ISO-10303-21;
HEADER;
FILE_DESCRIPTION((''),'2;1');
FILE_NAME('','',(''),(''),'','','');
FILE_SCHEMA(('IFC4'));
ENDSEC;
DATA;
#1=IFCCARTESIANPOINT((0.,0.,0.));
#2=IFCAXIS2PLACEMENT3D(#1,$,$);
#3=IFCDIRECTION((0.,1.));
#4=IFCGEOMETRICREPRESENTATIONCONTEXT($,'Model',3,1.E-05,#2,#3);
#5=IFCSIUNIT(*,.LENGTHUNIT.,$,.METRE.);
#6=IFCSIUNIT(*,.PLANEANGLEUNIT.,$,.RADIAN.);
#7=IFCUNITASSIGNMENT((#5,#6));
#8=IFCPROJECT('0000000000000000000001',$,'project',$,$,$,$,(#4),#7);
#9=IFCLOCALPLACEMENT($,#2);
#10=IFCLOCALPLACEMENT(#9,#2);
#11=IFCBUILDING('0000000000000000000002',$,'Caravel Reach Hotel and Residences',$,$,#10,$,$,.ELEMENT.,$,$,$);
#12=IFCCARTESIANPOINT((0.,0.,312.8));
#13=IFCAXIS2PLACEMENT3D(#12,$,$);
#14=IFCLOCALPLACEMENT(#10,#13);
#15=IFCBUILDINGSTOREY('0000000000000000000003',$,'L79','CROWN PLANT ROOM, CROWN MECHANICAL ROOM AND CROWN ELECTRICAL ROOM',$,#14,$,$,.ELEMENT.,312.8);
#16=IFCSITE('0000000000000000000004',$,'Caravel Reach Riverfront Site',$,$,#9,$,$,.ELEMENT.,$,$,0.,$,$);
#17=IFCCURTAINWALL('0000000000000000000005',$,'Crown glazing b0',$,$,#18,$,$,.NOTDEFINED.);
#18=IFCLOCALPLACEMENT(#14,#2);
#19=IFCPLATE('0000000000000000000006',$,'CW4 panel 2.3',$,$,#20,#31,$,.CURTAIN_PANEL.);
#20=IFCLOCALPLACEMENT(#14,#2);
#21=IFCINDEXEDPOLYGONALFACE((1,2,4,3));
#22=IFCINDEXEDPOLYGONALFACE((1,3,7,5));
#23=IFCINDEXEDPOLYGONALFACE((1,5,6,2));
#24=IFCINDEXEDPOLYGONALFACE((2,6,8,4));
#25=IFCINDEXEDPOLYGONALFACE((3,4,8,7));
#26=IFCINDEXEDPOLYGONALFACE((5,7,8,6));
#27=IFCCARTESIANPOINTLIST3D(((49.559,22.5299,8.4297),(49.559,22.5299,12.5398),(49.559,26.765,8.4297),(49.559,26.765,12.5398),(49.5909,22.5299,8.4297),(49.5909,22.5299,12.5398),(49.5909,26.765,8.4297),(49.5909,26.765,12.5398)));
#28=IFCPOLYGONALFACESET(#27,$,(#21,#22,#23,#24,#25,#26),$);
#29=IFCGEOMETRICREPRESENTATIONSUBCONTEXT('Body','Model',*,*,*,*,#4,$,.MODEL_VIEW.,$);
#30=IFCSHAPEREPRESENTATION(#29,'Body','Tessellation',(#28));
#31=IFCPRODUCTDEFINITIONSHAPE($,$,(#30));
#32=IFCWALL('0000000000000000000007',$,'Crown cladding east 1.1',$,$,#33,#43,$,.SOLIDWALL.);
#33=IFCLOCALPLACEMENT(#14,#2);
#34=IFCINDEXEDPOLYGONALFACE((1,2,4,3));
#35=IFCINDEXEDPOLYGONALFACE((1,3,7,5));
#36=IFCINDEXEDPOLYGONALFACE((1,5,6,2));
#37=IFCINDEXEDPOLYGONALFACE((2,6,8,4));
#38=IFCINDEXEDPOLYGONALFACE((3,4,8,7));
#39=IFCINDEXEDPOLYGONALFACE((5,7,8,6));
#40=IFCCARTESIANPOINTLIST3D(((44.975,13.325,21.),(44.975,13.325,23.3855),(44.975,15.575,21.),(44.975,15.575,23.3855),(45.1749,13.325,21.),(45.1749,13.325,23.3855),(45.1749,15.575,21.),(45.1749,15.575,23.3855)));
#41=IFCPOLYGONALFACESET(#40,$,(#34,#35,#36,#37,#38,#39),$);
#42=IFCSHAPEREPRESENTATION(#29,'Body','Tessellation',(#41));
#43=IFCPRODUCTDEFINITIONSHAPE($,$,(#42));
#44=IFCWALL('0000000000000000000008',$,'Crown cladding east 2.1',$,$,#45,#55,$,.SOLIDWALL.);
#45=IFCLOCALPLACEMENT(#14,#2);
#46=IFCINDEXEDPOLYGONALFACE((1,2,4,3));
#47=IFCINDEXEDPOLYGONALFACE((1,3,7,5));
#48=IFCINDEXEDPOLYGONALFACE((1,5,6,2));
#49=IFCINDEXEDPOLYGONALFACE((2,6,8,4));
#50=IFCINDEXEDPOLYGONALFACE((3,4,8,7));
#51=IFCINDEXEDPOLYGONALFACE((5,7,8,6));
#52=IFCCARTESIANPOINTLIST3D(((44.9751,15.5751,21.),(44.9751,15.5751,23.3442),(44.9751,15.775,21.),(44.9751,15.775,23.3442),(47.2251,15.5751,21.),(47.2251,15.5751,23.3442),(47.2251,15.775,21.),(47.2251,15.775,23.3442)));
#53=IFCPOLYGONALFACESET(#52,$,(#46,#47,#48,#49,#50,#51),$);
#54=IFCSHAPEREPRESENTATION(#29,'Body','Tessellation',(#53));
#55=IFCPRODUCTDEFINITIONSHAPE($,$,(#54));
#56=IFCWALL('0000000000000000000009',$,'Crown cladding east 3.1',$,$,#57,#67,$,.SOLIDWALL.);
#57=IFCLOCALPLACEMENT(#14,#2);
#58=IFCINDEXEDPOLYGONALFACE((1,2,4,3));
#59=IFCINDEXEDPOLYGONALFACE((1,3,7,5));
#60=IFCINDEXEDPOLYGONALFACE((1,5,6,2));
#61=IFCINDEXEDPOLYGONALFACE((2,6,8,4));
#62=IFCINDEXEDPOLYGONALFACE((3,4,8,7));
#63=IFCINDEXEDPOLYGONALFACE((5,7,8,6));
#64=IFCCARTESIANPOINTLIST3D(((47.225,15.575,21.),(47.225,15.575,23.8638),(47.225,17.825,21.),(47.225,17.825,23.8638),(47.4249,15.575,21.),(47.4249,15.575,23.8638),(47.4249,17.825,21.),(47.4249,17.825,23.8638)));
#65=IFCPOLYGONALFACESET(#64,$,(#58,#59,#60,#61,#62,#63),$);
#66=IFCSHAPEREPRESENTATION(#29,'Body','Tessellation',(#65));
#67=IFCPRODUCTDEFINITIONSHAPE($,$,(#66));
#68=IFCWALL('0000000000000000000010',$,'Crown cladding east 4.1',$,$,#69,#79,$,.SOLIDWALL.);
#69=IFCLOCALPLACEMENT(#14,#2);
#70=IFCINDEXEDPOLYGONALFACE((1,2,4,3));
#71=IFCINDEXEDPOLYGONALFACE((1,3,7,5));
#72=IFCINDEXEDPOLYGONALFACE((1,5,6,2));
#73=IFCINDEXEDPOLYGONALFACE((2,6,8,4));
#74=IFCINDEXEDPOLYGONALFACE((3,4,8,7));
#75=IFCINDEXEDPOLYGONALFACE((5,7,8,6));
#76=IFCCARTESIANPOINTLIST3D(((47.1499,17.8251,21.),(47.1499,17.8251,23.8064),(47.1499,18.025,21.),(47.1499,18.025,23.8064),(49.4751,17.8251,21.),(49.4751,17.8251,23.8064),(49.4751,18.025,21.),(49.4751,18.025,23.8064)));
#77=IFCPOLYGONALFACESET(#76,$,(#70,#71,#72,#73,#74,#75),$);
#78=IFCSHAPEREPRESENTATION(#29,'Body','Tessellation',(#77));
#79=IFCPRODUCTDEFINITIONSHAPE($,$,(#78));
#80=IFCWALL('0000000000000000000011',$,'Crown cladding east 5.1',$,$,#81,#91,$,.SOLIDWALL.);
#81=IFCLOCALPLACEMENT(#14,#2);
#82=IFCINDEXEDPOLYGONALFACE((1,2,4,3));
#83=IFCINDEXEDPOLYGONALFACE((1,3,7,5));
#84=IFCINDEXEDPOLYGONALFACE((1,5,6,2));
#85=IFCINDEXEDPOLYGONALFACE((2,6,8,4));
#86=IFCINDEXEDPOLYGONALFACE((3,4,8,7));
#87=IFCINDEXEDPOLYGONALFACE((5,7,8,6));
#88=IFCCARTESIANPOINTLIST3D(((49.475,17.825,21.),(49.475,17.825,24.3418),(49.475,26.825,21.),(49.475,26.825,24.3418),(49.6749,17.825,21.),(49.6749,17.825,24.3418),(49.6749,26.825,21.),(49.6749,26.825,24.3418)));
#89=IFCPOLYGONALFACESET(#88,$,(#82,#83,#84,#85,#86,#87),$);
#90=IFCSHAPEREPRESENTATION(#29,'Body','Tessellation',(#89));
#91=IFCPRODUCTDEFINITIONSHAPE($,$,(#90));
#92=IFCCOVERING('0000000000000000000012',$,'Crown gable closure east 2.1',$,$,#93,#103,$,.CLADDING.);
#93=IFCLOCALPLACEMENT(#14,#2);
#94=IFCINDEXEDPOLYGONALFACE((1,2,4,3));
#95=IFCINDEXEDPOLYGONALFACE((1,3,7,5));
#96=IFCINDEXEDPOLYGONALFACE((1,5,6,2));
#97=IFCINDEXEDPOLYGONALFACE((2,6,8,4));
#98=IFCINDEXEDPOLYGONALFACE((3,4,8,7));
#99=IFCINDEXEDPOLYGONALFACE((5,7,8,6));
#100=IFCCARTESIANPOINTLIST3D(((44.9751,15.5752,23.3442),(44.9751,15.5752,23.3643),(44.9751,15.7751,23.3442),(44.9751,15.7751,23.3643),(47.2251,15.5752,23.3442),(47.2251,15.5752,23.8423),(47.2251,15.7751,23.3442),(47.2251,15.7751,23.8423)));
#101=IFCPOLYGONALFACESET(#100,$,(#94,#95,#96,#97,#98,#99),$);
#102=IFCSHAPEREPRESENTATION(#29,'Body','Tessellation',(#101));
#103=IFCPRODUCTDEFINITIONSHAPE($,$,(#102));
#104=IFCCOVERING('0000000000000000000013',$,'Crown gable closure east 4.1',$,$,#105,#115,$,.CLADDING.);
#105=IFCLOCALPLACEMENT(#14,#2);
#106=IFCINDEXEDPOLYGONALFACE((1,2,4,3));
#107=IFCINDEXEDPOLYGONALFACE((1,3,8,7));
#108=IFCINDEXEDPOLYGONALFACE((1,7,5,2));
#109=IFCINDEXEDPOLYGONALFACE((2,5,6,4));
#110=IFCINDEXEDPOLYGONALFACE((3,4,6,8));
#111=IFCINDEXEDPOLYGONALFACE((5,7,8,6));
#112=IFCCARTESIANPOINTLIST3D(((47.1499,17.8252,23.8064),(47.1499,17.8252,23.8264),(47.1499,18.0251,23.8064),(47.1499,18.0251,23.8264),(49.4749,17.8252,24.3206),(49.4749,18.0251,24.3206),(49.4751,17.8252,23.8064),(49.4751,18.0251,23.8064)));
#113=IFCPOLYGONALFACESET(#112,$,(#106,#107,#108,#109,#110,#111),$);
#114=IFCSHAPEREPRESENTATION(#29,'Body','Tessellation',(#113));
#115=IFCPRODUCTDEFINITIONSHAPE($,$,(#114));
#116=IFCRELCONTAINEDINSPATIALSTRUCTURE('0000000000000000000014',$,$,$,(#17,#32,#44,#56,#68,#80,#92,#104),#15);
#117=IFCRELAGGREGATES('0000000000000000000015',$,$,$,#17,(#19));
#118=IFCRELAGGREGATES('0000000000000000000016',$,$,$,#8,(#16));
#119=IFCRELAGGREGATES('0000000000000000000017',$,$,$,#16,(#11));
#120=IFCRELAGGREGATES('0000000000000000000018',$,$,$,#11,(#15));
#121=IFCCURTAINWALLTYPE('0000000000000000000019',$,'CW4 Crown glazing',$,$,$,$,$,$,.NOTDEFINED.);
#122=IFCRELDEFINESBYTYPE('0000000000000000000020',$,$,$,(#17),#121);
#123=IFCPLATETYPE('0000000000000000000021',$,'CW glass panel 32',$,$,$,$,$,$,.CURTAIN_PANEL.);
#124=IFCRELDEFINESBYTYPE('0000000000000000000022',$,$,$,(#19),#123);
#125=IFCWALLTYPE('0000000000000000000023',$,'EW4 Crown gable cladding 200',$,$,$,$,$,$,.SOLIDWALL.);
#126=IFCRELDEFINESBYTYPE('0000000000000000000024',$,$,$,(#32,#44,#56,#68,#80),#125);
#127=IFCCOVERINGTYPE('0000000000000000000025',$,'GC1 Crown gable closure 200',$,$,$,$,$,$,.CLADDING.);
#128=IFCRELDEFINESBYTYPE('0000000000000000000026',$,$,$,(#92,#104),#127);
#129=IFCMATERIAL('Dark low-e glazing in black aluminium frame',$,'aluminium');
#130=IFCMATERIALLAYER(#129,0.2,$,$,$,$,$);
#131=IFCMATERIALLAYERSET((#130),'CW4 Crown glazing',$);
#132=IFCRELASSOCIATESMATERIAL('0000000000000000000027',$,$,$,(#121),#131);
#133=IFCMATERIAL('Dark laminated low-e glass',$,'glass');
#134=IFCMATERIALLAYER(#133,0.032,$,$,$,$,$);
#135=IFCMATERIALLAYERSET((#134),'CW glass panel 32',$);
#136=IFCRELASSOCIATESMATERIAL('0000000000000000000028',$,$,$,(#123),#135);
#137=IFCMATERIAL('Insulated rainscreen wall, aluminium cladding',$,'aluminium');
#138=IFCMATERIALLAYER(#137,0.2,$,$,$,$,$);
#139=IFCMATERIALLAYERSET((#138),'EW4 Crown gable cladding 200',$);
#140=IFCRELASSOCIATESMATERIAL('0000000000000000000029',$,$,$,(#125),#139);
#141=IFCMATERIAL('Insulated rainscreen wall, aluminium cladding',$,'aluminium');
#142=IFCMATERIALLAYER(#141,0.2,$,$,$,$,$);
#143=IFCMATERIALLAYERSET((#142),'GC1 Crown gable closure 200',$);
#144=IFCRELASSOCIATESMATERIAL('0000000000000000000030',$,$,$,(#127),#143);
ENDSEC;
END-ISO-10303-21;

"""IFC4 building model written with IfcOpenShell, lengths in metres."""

from ifc_helpers import new_model, si_unit, direction, frame, frame_2d, origin, origin_2d, place, context, subcontext, project, spatial, polyline, rectangle, outline, extrude, material, layer, layer_set, type_object, element, aggregate, save


model = new_model("IFC4")

# Units and contexts
model_context = context("Model", 3, precision=1e-05, world=origin(), true_north=direction((0.0, 1.0)))
body_context = subcontext(model_context, "Body", "Model", "MODEL_VIEW")
ifc_project = project(units=[si_unit("LENGTHUNIT", "METRE"), si_unit("PLANEANGLEUNIT", "RADIAN")], contexts=[model_context])

# Site, building, storey
site_placement = place(None, origin())
site = spatial("IfcSite", under=ifc_project, at=site_placement, Name="Caravel Reach Riverfront Site", CompositionType="ELEMENT", RefElevation=0.0)
building_placement = place(site_placement, origin())
building = spatial("IfcBuilding", under=site, at=building_placement, Name="Caravel Reach Hotel and Residences", CompositionType="ELEMENT")
storey_placement = place(building_placement, frame((0.0, 0.0, 312.8)))
storey = spatial("IfcBuildingStorey", under=building, at=storey_placement, Name="L79", Description="CROWN PLANT ROOM, CROWN MECHANICAL ROOM AND CROWN ELECTRICAL ROOM", CompositionType="ELEMENT", Elevation=312.8)

# Shared definitions
ifc_material_1 = material(Name="Dark low-e glazing in black aluminium frame", Category="aluminium")
ifc_layer_1 = layer(ifc_material_1, 0.2)
ifc_layer_set_1 = layer_set([ifc_layer_1], Name="CW4 Crown glazing")
curtain_wall_type = type_object("IfcCurtainWallType", Name="CW4 Crown glazing", PredefinedType="NOTDEFINED", material=ifc_layer_set_1)

# Curtain wall
curtain_wall_1_placement = place(storey_placement, origin())
curtain_wall_1 = element("IfcCurtainWall", 1, at=curtain_wall_1_placement, inside=storey, type_object=curtain_wall_type, Name="Crown glazing b0", PredefinedType="NOTDEFINED")

# Plate
ifc_material_2 = material(Name="Dark laminated low-e glass", Category="glass")
ifc_layer_2 = layer(ifc_material_2, 0.032)
ifc_layer_set_2 = layer_set([ifc_layer_2], Name="CW glass panel 32")
plate_type = type_object("IfcPlateType", Name="CW glass panel 32", PredefinedType="CURTAIN_PANEL", material=ifc_layer_set_2)
plate_1_placement = place(storey_placement, frame((49.575, 24.6475, 8.4297), z_axis=(0.0, 0.0, 1.0), x_axis=(0.0, 1.0, 0.0)))
plate_1 = element("IfcPlate", 2, at=plate_1_placement, type_object=plate_type, Name="CW4 panel 2.3", PredefinedType="CURTAIN_PANEL", context=body_context, shape_type="SweptSolid", body=[
    extrude(rectangle(XDim=4.2351, YDim=0.032, at=origin_2d()), origin(), (0.0, 0.0, 1.0), 4.1101),
])
aggregate(curtain_wall_1, [plate_1])

# Walls
ifc_material_3 = material(Name="Insulated rainscreen wall, aluminium cladding", Category="aluminium")
ifc_layer_3 = layer(ifc_material_3, 0.2)
ifc_layer_set_3 = layer_set([ifc_layer_3], Name="EW4 Crown gable cladding 200")
wall_type = type_object("IfcWallType", Name="EW4 Crown gable cladding 200", PredefinedType="SOLIDWALL", material=ifc_layer_set_3)
wall_1_placement = place(storey_placement, frame((45.075, 13.325, 21.0), z_axis=(0.0, 0.0, 1.0), x_axis=(0.0, 1.0, 0.0)))
element("IfcWall", 3, at=wall_1_placement, inside=storey, type_object=wall_type, Name="Crown cladding east 1.1", PredefinedType="SOLIDWALL", context=body_context, shape_type="SweptSolid", body=[
    extrude(rectangle(XDim=2.25, YDim=0.2, at=frame_2d((1.125, 0.0))), origin(), (0.0, 0.0, 1.0), 2.3855),
])
wall_2_placement = place(storey_placement, frame((44.9751, 15.675, 21.0), z_axis=(0.0, 0.0, 1.0), x_axis=(1.0, 0.0, 0.0)))
element("IfcWall", 4, at=wall_2_placement, inside=storey, type_object=wall_type, Name="Crown cladding east 2.1", PredefinedType="SOLIDWALL", context=body_context, shape_type="SweptSolid", body=[
    extrude(rectangle(XDim=2.25, YDim=0.2, at=frame_2d((1.125, 0.0))), origin(), (0.0, 0.0, 1.0), 2.3442),
])
wall_3_placement = place(storey_placement, frame((47.325, 15.575, 21.0), z_axis=(0.0, 0.0, 1.0), x_axis=(0.0, 1.0, 0.0)))
element("IfcWall", 5, at=wall_3_placement, inside=storey, type_object=wall_type, Name="Crown cladding east 3.1", PredefinedType="SOLIDWALL", context=body_context, shape_type="SweptSolid", body=[
    extrude(rectangle(XDim=2.25, YDim=0.2, at=frame_2d((1.125, 0.0))), origin(), (0.0, 0.0, 1.0), 2.8638),
])
wall_4_placement = place(storey_placement, frame((47.1499, 17.925, 21.0), z_axis=(0.0, 0.0, 1.0), x_axis=(1.0, 0.0, 0.0)))
element("IfcWall", 6, at=wall_4_placement, inside=storey, type_object=wall_type, Name="Crown cladding east 4.1", PredefinedType="SOLIDWALL", context=body_context, shape_type="SweptSolid", body=[
    extrude(rectangle(XDim=2.3252, YDim=0.2, at=frame_2d((1.1626, 0.0))), origin(), (0.0, 0.0, 1.0), 2.8064),
])
wall_5_placement = place(storey_placement, frame((49.575, 17.825, 21.0), z_axis=(0.0, 0.0, 1.0), x_axis=(0.0, 1.0, 0.0)))
element("IfcWall", 7, at=wall_5_placement, inside=storey, type_object=wall_type, Name="Crown cladding east 5.1", PredefinedType="SOLIDWALL", context=body_context, shape_type="SweptSolid", body=[
    extrude(rectangle(XDim=9.0, YDim=0.2, at=frame_2d((4.5, 0.0))), origin(), (0.0, 0.0, 1.0), 3.3418),
])

# Coverings
ifc_material_4 = material(Name="Insulated rainscreen wall, aluminium cladding", Category="aluminium")
ifc_layer_4 = layer(ifc_material_4, 0.2)
ifc_layer_set_4 = layer_set([ifc_layer_4], Name="GC1 Crown gable closure 200")
covering_type = type_object("IfcCoveringType", Name="GC1 Crown gable closure 200", PredefinedType="CLADDING", material=ifc_layer_set_4)
covering_1_placement = place(storey_placement, frame((44.9751, 15.675, 23.3442), z_axis=(0.0, 0.0, 1.0), x_axis=(1.0, 0.0, 0.0)))
element("IfcCovering", 8, at=covering_1_placement, inside=storey, type_object=covering_type, Name="Crown gable closure east 2.1", PredefinedType="CLADDING", context=body_context, shape_type="SweptSolid", body=[
    extrude(outline(polyline([(0.0, 0.0), (2.25, 0.0), (2.25, 0.498), (0.0, 0.02), (0.0, 0.0)])), frame((0.0, 0.1001, 0.0), z_axis=(0.0, -1.0, 0.0), x_axis=(1.0, 0.0, 0.0)), (0.0, 0.0, 1.0), 0.2),
])
covering_2_placement = place(storey_placement, frame((47.1499, 17.925, 23.8064), z_axis=(0.0, 0.0, 1.0), x_axis=(1.0, 0.0, 0.0)))
element("IfcCovering", 9, at=covering_2_placement, inside=storey, type_object=covering_type, Name="Crown gable closure east 4.1", PredefinedType="CLADDING", context=body_context, shape_type="SweptSolid", body=[
    extrude(outline(polyline([(0.0, 0.0), (2.3252, 0.0), (2.325, 0.5142), (0.0, 0.02), (0.0, 0.0)])), frame((0.0, 0.1001, 0.0), z_axis=(0.0, -1.0, 0.0), x_axis=(1.0, 0.0, 0.0)), (0.0, 0.0, 1.0), 0.2),
])

save(model, "model.ifc")
